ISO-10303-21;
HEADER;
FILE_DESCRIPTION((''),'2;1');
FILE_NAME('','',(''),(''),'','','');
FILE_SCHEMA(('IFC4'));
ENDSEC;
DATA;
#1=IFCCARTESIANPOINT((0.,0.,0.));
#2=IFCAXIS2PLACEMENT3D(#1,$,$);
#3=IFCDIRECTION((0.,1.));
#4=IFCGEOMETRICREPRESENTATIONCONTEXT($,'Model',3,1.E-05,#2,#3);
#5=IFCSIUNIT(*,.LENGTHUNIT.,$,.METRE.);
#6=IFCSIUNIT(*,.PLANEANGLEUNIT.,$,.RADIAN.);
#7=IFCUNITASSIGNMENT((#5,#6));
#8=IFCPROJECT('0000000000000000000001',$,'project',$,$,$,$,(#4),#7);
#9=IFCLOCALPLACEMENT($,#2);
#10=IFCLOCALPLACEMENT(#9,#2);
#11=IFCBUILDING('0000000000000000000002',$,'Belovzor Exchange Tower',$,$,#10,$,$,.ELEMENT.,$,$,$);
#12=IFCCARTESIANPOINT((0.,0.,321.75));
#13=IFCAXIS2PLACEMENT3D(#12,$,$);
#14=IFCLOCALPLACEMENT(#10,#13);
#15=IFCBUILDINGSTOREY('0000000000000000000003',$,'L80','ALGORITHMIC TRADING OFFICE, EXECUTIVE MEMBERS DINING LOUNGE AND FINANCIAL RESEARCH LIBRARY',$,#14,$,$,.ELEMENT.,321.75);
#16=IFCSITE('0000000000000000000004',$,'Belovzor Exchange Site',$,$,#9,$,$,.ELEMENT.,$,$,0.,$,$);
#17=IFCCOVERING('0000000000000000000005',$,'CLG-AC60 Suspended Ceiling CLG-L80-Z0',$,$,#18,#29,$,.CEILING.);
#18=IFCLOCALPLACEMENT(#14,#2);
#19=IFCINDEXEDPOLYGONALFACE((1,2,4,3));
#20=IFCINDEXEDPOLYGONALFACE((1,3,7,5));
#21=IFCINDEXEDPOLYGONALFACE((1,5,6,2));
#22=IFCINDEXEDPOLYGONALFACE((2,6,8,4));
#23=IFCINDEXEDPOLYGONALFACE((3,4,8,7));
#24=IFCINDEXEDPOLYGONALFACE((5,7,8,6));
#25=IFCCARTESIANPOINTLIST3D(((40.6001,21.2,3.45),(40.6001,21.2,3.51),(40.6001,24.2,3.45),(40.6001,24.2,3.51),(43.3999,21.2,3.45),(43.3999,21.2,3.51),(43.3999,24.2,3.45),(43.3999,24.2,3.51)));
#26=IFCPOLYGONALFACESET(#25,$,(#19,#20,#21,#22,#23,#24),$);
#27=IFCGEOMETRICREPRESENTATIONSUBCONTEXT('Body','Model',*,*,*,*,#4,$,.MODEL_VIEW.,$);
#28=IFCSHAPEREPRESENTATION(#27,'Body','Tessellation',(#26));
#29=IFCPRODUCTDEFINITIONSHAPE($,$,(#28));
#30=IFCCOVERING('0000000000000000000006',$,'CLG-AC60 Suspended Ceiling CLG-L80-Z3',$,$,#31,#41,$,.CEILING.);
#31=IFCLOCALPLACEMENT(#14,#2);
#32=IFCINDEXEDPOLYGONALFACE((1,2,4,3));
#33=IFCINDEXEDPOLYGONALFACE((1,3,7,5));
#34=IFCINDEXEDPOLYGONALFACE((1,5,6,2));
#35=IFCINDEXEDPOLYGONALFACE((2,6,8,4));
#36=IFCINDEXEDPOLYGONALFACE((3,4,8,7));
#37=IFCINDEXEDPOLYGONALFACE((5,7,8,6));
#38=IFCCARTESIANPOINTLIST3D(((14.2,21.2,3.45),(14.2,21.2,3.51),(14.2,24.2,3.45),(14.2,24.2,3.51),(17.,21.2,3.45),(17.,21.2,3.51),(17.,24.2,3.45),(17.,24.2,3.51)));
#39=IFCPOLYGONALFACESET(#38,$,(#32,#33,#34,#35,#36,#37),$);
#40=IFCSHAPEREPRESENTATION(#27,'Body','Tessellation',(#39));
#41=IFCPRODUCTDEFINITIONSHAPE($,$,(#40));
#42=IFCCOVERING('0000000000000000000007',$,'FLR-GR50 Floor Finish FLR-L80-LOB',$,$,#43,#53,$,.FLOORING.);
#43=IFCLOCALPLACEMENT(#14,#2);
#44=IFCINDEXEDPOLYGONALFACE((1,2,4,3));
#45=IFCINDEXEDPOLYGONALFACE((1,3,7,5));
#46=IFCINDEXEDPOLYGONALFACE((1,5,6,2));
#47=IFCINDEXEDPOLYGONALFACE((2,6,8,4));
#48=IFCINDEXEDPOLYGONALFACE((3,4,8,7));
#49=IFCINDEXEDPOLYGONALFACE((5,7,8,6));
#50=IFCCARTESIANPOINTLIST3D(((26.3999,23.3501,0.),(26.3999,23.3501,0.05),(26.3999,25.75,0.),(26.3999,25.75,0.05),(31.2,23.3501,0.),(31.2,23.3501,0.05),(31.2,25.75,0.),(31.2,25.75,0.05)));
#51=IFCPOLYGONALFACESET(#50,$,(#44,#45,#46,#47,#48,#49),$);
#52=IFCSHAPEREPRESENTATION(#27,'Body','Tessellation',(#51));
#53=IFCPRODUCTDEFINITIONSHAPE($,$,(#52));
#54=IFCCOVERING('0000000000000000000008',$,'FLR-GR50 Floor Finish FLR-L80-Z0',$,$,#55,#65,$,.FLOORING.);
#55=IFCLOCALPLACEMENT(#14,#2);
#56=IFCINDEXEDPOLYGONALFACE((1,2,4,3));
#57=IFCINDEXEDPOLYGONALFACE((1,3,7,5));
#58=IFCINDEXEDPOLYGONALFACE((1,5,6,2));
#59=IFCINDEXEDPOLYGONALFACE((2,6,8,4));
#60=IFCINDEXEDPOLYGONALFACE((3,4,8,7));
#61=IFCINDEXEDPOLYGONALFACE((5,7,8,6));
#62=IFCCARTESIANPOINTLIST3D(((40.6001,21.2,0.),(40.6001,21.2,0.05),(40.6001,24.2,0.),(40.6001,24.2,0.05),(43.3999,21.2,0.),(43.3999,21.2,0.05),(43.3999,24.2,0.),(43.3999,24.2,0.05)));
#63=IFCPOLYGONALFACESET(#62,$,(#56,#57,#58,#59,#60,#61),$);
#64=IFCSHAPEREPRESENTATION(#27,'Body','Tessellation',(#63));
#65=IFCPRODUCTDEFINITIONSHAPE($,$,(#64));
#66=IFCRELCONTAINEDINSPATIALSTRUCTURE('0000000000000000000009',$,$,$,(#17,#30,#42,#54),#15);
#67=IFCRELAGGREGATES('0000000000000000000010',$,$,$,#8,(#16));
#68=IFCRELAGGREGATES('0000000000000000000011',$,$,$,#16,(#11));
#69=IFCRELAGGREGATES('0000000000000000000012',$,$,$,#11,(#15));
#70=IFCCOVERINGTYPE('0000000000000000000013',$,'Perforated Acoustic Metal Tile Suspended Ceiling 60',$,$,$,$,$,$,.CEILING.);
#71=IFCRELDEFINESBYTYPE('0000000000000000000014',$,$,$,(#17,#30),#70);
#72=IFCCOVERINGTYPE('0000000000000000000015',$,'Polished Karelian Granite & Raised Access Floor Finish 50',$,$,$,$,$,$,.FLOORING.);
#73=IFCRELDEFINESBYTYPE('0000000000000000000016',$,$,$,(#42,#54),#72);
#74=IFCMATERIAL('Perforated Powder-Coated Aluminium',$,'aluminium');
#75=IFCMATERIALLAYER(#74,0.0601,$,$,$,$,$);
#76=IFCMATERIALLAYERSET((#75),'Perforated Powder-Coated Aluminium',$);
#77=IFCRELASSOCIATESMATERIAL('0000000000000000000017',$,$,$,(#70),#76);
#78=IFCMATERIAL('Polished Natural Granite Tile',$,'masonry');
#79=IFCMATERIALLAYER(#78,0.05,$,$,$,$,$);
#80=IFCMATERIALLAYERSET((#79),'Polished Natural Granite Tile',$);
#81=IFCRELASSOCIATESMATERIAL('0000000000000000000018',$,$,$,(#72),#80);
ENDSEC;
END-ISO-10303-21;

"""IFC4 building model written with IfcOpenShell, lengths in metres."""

from ifc_helpers import new_model, si_unit, direction, frame, origin, place, context, subcontext, project, spatial, polyline, outline, extrude, material, layer, layer_set, type_object, element, save


model = new_model("IFC4")

# Units and contexts
model_context = context("Model", 3, precision=1e-05, world=origin(), true_north=direction((0.0, 1.0)))
body_context = subcontext(model_context, "Body", "Model", "MODEL_VIEW")
ifc_project = project(units=[si_unit("LENGTHUNIT", "METRE"), si_unit("PLANEANGLEUNIT", "RADIAN")], contexts=[model_context])

# Site, building, storey
site_placement = place(None, origin())
site = spatial("IfcSite", under=ifc_project, at=site_placement, Name="Belovzor Exchange Site", CompositionType="ELEMENT", RefElevation=0.0)
building_placement = place(site_placement, origin())
building = spatial("IfcBuilding", under=site, at=building_placement, Name="Belovzor Exchange Tower", CompositionType="ELEMENT")
storey_placement = place(building_placement, frame((0.0, 0.0, 321.75)))
storey = spatial("IfcBuildingStorey", under=building, at=storey_placement, Name="L80", Description="ALGORITHMIC TRADING OFFICE, EXECUTIVE MEMBERS DINING LOUNGE AND FINANCIAL RESEARCH LIBRARY", CompositionType="ELEMENT", Elevation=321.75)

# Coverings
ifc_material_1 = material(Name="Perforated Powder-Coated Aluminium", Category="aluminium")
ifc_layer_1 = layer(ifc_material_1, 0.0601)
ifc_layer_set_1 = layer_set([ifc_layer_1], Name="Perforated Powder-Coated Aluminium")
covering_type_1 = type_object("IfcCoveringType", Name="Perforated Acoustic Metal Tile Suspended Ceiling 60", PredefinedType="CEILING", material=ifc_layer_set_1)
covering_1_placement = place(storey_placement, frame((0.0, 0.0, 3.45)))
element("IfcCovering", 1, at=covering_1_placement, inside=storey, type_object=covering_type_1, Name="CLG-AC60 Suspended Ceiling CLG-L80-Z0", PredefinedType="CEILING", context=body_context, shape_type="SweptSolid", body=[
    extrude(outline(polyline([(40.6001, 21.2), (43.3999, 21.2), (43.3999, 24.2), (40.6001, 24.2), (40.6001, 21.2)])), origin(), (0.0, 0.0, 1.0), 0.0601),
])
covering_2_placement = place(storey_placement, frame((0.0, 0.0, 3.45)))
element("IfcCovering", 2, at=covering_2_placement, inside=storey, type_object=covering_type_1, Name="CLG-AC60 Suspended Ceiling CLG-L80-Z3", PredefinedType="CEILING", context=body_context, shape_type="SweptSolid", body=[
    extrude(outline(polyline([(14.2, 21.2), (17.0, 21.2), (17.0, 24.2), (14.2, 24.2), (14.2, 21.2)])), origin(), (0.0, 0.0, 1.0), 0.0601),
])
ifc_material_2 = material(Name="Polished Natural Granite Tile", Category="masonry")
ifc_layer_2 = layer(ifc_material_2, 0.05)
ifc_layer_set_2 = layer_set([ifc_layer_2], Name="Polished Natural Granite Tile")
covering_type_2 = type_object("IfcCoveringType", Name="Polished Karelian Granite & Raised Access Floor Finish 50", PredefinedType="FLOORING", material=ifc_layer_set_2)
covering_3_placement = place(storey_placement, origin())
element("IfcCovering", 3, at=covering_3_placement, inside=storey, type_object=covering_type_2, Name="FLR-GR50 Floor Finish FLR-L80-LOB", PredefinedType="FLOORING", context=body_context, shape_type="SweptSolid", body=[
    extrude(outline(polyline([(26.3999, 23.3501), (31.2, 23.3501), (31.2, 25.75), (26.3999, 25.75), (26.3999, 23.3501)])), origin(), (0.0, 0.0, 1.0), 0.05),
])
covering_4_placement = place(storey_placement, origin())
element("IfcCovering", 4, at=covering_4_placement, inside=storey, type_object=covering_type_2, Name="FLR-GR50 Floor Finish FLR-L80-Z0", PredefinedType="FLOORING", context=body_context, shape_type="SweptSolid", body=[
    extrude(outline(polyline([(40.6001, 21.2), (43.3999, 21.2), (43.3999, 24.2), (40.6001, 24.2), (40.6001, 21.2)])), origin(), (0.0, 0.0, 1.0), 0.05),
])

save(model, "model.ifc")
